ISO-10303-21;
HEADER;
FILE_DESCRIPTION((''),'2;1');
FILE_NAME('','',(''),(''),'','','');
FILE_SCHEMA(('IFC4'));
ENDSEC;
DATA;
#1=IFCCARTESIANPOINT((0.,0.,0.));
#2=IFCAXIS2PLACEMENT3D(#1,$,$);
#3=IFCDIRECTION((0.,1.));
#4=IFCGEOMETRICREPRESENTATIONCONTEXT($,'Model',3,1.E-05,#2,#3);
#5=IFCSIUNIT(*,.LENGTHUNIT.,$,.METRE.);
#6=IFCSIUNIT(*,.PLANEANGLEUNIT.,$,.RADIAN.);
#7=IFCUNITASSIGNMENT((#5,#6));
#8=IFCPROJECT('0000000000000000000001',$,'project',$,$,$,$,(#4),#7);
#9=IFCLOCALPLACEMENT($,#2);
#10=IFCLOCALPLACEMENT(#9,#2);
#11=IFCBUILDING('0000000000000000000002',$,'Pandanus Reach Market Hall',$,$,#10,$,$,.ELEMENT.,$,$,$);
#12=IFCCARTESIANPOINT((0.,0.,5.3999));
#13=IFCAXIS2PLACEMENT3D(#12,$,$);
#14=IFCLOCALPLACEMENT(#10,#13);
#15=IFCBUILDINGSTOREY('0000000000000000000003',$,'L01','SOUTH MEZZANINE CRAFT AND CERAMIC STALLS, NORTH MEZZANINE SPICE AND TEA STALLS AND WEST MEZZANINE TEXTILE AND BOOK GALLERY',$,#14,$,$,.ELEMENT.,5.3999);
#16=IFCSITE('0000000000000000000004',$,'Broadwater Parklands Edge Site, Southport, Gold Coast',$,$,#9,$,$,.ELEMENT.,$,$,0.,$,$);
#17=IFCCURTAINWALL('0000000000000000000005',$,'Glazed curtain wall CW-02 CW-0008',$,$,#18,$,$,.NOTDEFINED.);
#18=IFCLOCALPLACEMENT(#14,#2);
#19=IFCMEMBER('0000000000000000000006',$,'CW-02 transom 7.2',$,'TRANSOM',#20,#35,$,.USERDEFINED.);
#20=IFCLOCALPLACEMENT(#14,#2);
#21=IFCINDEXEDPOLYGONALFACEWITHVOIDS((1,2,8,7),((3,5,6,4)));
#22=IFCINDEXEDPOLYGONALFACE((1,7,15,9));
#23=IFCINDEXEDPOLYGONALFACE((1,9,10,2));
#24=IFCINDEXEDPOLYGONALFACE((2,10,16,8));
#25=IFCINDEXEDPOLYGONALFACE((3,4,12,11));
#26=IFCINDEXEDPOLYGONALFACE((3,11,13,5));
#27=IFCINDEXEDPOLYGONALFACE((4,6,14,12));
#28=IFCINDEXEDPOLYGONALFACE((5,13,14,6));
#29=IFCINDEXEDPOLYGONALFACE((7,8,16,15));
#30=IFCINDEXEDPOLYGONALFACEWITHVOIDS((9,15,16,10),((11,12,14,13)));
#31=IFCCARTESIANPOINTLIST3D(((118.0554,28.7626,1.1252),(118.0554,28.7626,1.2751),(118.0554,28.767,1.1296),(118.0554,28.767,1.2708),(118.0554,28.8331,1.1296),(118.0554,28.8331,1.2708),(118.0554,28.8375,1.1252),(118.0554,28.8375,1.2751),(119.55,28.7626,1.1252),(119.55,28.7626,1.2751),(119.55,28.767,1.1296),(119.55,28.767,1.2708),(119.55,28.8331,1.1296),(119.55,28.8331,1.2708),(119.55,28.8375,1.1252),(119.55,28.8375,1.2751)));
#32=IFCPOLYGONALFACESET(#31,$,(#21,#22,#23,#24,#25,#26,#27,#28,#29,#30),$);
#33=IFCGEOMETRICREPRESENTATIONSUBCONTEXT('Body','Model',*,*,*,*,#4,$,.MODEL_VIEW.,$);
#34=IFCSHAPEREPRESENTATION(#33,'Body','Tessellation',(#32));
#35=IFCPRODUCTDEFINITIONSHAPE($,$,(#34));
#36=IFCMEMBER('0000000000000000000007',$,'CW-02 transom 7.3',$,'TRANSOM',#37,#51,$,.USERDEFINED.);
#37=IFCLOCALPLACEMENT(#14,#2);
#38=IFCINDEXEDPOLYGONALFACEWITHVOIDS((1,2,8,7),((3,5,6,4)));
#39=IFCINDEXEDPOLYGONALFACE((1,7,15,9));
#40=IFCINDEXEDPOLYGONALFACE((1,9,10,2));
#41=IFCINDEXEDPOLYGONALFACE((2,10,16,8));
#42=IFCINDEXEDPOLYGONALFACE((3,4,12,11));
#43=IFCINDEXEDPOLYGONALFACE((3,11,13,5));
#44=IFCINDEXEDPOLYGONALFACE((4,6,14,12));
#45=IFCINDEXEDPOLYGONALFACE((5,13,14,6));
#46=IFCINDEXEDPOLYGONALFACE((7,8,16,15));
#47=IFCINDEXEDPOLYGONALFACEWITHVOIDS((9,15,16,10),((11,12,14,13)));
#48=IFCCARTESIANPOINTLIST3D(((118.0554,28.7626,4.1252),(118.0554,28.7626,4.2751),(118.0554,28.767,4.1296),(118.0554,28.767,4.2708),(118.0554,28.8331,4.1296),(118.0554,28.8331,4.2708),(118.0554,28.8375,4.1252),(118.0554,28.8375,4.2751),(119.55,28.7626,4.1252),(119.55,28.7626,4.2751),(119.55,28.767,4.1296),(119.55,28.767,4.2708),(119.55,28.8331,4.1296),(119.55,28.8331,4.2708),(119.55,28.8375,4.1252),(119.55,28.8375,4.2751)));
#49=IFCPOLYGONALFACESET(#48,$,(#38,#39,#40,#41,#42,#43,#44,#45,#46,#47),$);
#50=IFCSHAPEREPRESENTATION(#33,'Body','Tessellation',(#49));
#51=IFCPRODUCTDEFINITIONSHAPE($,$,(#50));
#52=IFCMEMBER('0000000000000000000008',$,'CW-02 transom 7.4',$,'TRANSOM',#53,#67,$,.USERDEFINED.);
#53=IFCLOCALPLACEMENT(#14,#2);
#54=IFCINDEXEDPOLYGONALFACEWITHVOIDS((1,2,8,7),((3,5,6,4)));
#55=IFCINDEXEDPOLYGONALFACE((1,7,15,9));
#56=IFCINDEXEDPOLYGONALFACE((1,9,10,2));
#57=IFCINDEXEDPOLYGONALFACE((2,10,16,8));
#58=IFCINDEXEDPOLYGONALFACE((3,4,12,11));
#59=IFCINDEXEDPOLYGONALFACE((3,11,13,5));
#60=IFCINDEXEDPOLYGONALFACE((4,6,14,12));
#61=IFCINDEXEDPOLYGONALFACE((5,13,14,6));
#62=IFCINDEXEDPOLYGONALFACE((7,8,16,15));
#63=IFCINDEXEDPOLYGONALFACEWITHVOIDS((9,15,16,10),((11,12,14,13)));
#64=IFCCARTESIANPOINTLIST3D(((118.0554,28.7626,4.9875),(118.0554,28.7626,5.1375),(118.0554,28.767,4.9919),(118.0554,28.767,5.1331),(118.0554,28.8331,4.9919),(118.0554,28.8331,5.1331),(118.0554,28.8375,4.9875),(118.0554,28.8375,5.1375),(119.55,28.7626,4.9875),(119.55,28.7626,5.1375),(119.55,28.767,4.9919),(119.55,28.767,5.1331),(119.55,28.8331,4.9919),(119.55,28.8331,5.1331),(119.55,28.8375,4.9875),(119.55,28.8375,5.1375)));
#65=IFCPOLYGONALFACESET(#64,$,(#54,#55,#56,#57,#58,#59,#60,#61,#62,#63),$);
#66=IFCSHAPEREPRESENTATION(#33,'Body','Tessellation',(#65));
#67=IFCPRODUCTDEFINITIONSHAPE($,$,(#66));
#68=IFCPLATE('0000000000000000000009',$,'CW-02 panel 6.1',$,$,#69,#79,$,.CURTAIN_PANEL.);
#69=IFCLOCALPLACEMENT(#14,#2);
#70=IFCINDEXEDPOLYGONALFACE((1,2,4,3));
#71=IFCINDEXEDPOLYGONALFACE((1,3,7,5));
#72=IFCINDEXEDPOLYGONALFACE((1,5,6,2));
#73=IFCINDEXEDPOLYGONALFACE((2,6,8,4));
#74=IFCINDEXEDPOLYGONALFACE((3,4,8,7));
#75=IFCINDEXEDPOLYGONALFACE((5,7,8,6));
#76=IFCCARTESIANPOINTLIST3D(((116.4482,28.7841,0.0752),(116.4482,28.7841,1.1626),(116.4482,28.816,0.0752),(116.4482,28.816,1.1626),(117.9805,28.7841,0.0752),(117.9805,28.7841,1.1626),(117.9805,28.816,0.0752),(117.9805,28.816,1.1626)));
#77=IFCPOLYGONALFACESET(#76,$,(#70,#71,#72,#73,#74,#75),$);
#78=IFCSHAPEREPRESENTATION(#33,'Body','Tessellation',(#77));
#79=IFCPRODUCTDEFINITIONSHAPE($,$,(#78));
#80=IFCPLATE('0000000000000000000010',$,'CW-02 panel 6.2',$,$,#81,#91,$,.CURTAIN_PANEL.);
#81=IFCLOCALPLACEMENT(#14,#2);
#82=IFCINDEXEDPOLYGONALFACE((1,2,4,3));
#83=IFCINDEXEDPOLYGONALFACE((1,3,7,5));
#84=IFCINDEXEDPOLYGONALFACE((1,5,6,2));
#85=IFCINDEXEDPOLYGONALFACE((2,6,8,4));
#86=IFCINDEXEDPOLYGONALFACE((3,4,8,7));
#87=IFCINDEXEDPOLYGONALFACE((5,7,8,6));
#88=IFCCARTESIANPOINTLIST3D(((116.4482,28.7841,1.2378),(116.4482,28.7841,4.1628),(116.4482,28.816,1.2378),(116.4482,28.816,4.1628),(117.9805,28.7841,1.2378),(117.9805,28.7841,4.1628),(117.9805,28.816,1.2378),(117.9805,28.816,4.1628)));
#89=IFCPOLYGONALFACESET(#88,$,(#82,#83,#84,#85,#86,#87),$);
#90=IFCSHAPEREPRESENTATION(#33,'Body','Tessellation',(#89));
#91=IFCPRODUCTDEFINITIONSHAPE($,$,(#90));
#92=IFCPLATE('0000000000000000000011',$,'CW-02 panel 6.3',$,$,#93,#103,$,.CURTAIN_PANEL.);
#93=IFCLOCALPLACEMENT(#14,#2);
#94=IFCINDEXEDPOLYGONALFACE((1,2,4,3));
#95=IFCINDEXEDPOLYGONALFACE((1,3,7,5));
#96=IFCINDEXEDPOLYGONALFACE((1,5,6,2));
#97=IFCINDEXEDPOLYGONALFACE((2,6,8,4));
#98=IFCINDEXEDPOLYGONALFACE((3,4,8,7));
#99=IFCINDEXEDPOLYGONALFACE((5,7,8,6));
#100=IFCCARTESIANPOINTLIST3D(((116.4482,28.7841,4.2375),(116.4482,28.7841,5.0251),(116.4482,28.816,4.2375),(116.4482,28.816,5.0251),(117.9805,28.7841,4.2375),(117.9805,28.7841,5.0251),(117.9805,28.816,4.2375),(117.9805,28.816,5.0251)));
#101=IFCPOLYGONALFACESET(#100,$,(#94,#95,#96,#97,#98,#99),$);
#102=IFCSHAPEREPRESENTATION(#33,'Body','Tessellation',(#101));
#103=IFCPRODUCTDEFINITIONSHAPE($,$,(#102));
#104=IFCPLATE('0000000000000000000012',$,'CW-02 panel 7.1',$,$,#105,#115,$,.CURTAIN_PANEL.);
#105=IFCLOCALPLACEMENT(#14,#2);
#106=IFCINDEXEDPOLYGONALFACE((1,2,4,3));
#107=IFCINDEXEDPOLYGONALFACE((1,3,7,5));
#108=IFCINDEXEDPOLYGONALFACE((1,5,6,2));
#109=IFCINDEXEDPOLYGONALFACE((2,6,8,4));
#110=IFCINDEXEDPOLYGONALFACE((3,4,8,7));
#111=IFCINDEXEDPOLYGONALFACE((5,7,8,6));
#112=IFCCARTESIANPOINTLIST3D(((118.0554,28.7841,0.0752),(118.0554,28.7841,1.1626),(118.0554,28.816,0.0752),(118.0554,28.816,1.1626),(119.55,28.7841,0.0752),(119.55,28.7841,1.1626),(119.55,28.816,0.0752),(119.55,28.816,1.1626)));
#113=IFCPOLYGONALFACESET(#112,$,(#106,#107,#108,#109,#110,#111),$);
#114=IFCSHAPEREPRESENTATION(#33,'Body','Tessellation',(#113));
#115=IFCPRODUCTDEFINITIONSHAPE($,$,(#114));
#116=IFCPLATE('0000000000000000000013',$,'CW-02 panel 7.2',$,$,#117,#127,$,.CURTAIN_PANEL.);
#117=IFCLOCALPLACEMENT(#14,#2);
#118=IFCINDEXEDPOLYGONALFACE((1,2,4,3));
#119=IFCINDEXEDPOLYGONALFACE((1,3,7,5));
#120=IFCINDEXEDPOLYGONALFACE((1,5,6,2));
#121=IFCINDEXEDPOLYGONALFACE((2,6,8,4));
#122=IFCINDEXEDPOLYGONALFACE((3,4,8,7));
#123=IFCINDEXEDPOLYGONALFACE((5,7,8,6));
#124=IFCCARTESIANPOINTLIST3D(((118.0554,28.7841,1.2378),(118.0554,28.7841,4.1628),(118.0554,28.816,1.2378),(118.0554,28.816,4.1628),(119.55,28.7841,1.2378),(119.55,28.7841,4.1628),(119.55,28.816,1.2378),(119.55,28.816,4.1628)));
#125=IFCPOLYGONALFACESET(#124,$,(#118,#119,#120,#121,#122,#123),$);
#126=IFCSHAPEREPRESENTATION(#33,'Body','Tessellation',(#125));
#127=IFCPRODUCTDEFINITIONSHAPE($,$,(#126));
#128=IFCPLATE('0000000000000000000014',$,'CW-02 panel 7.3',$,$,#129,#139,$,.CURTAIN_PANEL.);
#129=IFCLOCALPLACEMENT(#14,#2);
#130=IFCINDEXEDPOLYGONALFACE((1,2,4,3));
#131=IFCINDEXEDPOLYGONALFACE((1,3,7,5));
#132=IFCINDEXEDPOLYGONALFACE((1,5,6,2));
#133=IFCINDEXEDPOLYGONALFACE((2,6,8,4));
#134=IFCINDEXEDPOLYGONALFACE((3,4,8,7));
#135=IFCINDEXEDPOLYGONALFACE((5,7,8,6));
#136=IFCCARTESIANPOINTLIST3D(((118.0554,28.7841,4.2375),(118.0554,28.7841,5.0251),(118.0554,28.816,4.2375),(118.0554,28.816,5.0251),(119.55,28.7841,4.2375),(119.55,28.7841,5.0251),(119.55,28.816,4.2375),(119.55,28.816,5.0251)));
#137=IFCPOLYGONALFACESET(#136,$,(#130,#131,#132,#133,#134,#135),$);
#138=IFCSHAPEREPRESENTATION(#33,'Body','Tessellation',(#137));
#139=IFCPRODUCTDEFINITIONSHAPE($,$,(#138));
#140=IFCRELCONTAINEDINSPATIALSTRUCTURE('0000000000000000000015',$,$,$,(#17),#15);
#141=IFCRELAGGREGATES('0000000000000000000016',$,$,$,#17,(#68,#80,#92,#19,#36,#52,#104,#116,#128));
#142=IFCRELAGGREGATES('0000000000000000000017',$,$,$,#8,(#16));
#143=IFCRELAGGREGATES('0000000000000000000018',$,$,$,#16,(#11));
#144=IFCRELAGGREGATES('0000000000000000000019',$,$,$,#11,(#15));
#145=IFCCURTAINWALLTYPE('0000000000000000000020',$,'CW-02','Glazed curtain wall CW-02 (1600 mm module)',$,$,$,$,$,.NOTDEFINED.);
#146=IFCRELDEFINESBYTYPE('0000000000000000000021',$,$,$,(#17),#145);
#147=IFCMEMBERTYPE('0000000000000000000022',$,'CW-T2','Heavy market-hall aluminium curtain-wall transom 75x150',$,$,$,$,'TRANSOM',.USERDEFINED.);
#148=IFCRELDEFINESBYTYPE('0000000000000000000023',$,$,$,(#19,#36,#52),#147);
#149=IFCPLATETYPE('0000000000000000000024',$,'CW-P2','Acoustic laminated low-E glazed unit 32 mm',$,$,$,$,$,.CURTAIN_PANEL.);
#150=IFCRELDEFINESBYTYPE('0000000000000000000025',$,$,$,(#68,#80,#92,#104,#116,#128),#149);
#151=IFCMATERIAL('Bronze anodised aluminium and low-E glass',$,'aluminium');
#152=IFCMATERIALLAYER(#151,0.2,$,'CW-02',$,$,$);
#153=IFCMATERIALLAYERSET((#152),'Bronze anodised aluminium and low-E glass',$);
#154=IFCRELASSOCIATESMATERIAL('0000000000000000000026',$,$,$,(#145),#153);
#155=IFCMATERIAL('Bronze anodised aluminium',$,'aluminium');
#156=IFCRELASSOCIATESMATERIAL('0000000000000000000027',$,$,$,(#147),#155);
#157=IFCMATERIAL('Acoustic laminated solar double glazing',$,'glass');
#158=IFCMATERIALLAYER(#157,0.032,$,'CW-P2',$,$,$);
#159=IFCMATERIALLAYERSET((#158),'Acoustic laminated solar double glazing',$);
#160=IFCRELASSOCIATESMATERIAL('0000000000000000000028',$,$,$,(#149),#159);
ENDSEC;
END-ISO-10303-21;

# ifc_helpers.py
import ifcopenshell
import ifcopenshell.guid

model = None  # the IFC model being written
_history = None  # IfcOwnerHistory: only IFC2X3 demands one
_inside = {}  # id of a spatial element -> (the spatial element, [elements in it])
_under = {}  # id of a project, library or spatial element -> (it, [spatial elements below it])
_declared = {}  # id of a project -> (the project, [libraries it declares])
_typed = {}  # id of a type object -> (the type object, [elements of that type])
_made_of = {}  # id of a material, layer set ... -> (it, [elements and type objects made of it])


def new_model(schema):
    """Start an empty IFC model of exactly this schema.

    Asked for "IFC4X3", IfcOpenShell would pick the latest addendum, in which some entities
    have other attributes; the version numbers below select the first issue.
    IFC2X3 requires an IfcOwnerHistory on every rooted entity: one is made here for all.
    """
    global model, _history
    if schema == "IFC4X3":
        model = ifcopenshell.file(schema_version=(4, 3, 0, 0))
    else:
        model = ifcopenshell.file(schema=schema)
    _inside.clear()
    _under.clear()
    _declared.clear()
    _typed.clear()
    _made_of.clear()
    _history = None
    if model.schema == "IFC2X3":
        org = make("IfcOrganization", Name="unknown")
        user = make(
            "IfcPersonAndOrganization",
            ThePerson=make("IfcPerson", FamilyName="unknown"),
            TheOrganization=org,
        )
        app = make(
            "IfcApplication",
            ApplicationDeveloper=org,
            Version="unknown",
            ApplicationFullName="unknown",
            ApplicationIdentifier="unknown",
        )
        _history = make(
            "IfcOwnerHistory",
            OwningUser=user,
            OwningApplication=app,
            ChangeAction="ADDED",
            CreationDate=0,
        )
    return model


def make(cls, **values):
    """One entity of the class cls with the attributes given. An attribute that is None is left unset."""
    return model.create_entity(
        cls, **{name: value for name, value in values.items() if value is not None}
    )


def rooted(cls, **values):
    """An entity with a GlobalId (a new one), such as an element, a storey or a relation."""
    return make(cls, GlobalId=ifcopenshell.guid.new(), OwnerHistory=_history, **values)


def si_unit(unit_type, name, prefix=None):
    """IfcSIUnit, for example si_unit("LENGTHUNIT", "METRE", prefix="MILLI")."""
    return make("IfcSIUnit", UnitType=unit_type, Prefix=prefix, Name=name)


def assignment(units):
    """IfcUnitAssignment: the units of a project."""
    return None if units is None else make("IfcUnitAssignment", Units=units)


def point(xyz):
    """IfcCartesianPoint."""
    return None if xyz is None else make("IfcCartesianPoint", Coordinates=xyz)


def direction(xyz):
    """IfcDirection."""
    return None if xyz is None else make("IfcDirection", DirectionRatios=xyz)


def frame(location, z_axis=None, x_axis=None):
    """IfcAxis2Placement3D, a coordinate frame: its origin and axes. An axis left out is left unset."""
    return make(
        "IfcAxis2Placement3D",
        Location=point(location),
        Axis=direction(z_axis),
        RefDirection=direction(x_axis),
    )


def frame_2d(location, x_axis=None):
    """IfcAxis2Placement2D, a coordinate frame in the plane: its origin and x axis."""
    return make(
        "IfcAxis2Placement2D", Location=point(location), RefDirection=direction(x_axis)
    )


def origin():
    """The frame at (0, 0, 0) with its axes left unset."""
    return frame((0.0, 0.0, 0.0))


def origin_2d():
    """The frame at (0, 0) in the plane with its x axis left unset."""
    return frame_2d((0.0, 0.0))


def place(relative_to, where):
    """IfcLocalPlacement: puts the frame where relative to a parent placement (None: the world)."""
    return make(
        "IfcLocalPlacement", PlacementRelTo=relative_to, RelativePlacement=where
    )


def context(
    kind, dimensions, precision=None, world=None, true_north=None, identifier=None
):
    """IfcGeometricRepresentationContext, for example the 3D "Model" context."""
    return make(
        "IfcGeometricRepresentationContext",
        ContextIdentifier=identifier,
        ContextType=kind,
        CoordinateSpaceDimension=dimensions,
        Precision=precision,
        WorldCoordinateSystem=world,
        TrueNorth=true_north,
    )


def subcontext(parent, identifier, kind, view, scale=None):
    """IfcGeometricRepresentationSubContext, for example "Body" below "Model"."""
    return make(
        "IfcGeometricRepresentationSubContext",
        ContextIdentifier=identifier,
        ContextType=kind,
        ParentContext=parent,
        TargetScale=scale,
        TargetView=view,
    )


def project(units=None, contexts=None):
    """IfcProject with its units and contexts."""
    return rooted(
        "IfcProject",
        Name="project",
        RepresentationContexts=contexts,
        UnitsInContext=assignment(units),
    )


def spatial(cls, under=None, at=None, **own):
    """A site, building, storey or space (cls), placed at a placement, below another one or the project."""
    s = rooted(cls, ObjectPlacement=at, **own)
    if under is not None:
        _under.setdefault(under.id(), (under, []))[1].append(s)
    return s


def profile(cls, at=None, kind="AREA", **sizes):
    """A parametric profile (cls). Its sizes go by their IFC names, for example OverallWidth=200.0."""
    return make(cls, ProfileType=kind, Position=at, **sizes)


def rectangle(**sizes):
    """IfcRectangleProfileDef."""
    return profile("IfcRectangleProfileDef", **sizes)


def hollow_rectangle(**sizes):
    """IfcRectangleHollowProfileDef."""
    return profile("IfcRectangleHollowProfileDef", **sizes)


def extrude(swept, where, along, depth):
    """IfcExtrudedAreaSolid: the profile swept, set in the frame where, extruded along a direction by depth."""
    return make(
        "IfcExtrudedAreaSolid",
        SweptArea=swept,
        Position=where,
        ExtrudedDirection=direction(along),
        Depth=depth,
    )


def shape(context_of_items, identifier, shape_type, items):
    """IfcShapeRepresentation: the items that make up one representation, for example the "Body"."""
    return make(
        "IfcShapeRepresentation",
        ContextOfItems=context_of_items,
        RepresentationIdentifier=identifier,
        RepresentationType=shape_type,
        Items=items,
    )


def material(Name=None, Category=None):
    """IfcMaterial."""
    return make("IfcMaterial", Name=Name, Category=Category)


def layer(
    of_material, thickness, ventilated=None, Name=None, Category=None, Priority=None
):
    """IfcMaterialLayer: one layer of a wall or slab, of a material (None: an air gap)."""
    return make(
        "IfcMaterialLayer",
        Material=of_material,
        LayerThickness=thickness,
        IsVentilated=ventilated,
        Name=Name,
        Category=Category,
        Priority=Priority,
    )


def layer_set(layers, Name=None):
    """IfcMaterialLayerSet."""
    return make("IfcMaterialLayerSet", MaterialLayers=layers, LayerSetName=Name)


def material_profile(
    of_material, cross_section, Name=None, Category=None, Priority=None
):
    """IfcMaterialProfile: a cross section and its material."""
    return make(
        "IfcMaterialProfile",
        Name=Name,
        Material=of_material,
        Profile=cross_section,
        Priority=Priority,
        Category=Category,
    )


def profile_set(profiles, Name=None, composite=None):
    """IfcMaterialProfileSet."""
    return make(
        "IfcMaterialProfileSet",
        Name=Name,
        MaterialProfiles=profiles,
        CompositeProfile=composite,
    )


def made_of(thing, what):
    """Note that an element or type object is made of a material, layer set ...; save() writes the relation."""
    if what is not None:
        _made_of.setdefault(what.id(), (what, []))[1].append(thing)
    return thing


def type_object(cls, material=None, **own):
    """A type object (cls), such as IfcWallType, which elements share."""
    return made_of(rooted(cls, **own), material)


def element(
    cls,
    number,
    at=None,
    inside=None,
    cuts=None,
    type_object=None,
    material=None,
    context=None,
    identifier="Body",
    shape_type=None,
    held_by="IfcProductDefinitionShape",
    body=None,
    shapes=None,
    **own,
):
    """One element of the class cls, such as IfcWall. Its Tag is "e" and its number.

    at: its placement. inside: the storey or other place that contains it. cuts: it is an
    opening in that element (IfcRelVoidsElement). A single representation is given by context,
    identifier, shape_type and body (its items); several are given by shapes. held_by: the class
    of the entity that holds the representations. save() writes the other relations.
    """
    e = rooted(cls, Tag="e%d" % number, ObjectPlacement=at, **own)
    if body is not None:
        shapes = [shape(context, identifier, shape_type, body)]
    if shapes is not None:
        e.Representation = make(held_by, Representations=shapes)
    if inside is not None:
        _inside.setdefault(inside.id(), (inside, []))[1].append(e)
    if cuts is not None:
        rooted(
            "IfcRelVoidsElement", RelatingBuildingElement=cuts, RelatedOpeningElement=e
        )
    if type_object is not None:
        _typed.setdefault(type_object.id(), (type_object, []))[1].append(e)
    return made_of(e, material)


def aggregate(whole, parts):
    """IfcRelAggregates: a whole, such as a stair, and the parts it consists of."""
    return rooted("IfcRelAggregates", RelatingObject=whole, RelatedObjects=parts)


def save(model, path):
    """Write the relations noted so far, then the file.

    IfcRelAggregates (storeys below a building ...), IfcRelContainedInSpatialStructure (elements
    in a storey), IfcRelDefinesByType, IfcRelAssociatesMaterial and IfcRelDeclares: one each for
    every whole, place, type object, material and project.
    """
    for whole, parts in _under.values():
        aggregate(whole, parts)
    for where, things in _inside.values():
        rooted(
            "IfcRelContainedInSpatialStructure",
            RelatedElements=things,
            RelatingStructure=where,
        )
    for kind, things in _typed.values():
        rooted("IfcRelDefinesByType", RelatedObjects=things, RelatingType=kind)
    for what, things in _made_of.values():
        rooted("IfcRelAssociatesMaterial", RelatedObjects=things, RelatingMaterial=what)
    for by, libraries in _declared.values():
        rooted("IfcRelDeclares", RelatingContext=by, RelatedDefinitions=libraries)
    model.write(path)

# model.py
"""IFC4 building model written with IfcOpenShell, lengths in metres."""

from ifc_helpers import new_model, si_unit, direction, frame, origin, origin_2d, place, context, subcontext, project, spatial, rectangle, hollow_rectangle, extrude, material, layer, layer_set, material_profile, profile_set, type_object, element, aggregate, save


model = new_model("IFC4")

# Units and contexts
model_context = context("Model", 3, precision=1e-05, world=origin(), true_north=direction((0.0, 1.0)))
body_context = subcontext(model_context, "Body", "Model", "MODEL_VIEW")
ifc_project = project(units=[si_unit("LENGTHUNIT", "METRE"), si_unit("PLANEANGLEUNIT", "RADIAN")], contexts=[model_context])

# Site, building, storey
site_placement = place(None, origin())
site = spatial("IfcSite", under=ifc_project, at=site_placement, Name="Broadwater Parklands Edge Site, Southport, Gold Coast", CompositionType="ELEMENT", RefElevation=0.0)
building_placement = place(site_placement, origin())
building = spatial("IfcBuilding", under=site, at=building_placement, Name="Pandanus Reach Market Hall", CompositionType="ELEMENT")
storey_placement = place(building_placement, frame((0.0, 0.0, 5.3999)))
storey = spatial("IfcBuildingStorey", under=building, at=storey_placement, Name="L01", Description="SOUTH MEZZANINE CRAFT AND CERAMIC STALLS, NORTH MEZZANINE SPICE AND TEA STALLS AND WEST MEZZANINE TEXTILE AND BOOK GALLERY", CompositionType="ELEMENT", Elevation=5.3999)

# Curtain wall, members, plates
ifc_material_1 = material(Name="Bronze anodised aluminium and low-E glass", Category="aluminium")
ifc_layer_1 = layer(ifc_material_1, 0.2, Name="CW-02")
ifc_layer_set_1 = layer_set([ifc_layer_1], Name="Bronze anodised aluminium and low-E glass")
curtain_wall_type = type_object("IfcCurtainWallType", Name="CW-02", Description="Glazed curtain wall CW-02 (1600 mm module)", PredefinedType="NOTDEFINED", material=ifc_layer_set_1)
curtain_wall_placement = place(storey_placement, origin())
curtain_wall = element("IfcCurtainWall", 1, at=curtain_wall_placement, inside=storey, type_object=curtain_wall_type, Name="Glazed curtain wall CW-02 CW-0008", PredefinedType="NOTDEFINED")
ifc_material_2 = material(Name="Bronze anodised aluminium", Category="aluminium")
ifc_material_profile_1 = material_profile(ifc_material_2, hollow_rectangle(XDim=0.075, YDim=0.1499, WallThickness=0.0044, at=origin_2d()), Name="ALU75x150", Category="LoadBearing")
ifc_profile_set_1 = profile_set([ifc_material_profile_1], Name="Bronze anodised aluminium")
member_type_1 = type_object("IfcMemberType", Name="CW-T2", Description="Heavy market-hall aluminium curtain-wall transom 75x150", ElementType="TRANSOM", PredefinedType="USERDEFINED", material=ifc_profile_set_1)
member_1_placement = place(storey_placement, frame((118.0554, 28.8, 1.2002), z_axis=(1.0, 0.0, 0.0), x_axis=(0.0, 1.0, 0.0)))
member_1 = element("IfcMember", 2, at=member_1_placement, type_object=member_type_1, Name="CW-02 transom 7.2", ObjectType="TRANSOM", PredefinedType="USERDEFINED", context=body_context, shape_type="SweptSolid", body=[
    extrude(hollow_rectangle(XDim=0.075, YDim=0.1499, WallThickness=0.0044, at=origin_2d()), origin(), (0.0, 0.0, 1.0), 1.4946),
])
member_2_placement = place(storey_placement, frame((118.0554, 28.8, 4.2002), z_axis=(1.0, 0.0, 0.0), x_axis=(0.0, 1.0, 0.0)))
member_2 = element("IfcMember", 3, at=member_2_placement, type_object=member_type_1, Name="CW-02 transom 7.3", ObjectType="TRANSOM", PredefinedType="USERDEFINED", context=body_context, shape_type="SweptSolid", body=[
    extrude(hollow_rectangle(XDim=0.075, YDim=0.1499, WallThickness=0.0044, at=origin_2d()), origin(), (0.0, 0.0, 1.0), 1.4946),
])
member_3_placement = place(storey_placement, frame((118.0554, 28.8, 5.0625), z_axis=(1.0, 0.0, 0.0), x_axis=(0.0, 1.0, 0.0)))
member_3 = element("IfcMember", 4, at=member_3_placement, type_object=member_type_1, Name="CW-02 transom 7.4", ObjectType="TRANSOM", PredefinedType="USERDEFINED", context=body_context, shape_type="SweptSolid", body=[
    extrude(hollow_rectangle(XDim=0.075, YDim=0.1499, WallThickness=0.0044, at=origin_2d()), origin(), (0.0, 0.0, 1.0), 1.4946),
])
ifc_material_3 = material(Name="Acoustic laminated solar double glazing", Category="glass")
ifc_layer_2 = layer(ifc_material_3, 0.032, Name="CW-P2")
ifc_layer_set_2 = layer_set([ifc_layer_2], Name="Acoustic laminated solar double glazing")
plate_type = type_object("IfcPlateType", Name="CW-P2", Description="Acoustic laminated low-E glazed unit 32 mm", PredefinedType="CURTAIN_PANEL", material=ifc_layer_set_2)
plate_1_placement = place(storey_placement, frame((117.2144, 28.8, 0.0752), z_axis=(0.0, 0.0, 1.0), x_axis=(1.0, 0.0, 0.0)))
plate_1 = element("IfcPlate", 5, at=plate_1_placement, type_object=plate_type, Name="CW-02 panel 6.1", PredefinedType="CURTAIN_PANEL", context=body_context, shape_type="SweptSolid", body=[
    extrude(rectangle(XDim=1.5322, YDim=0.032, at=origin_2d()), origin(), (0.0, 0.0, 1.0), 1.0874),
])
plate_2_placement = place(storey_placement, frame((117.2144, 28.8, 1.2378), z_axis=(0.0, 0.0, 1.0), x_axis=(1.0, 0.0, 0.0)))
plate_2 = element("IfcPlate", 6, at=plate_2_placement, type_object=plate_type, Name="CW-02 panel 6.2", PredefinedType="CURTAIN_PANEL", context=body_context, shape_type="SweptSolid", body=[
    extrude(rectangle(XDim=1.5322, YDim=0.032, at=origin_2d()), origin(), (0.0, 0.0, 1.0), 2.925),
])
plate_3_placement = place(storey_placement, frame((117.2144, 28.8, 4.2375), z_axis=(0.0, 0.0, 1.0), x_axis=(1.0, 0.0, 0.0)))
plate_3 = element("IfcPlate", 7, at=plate_3_placement, type_object=plate_type, Name="CW-02 panel 6.3", PredefinedType="CURTAIN_PANEL", context=body_context, shape_type="SweptSolid", body=[
    extrude(rectangle(XDim=1.5322, YDim=0.032, at=origin_2d()), origin(), (0.0, 0.0, 1.0), 0.7876),
])
plate_4_placement = place(storey_placement, frame((118.8027, 28.8, 0.0752), z_axis=(0.0, 0.0, 1.0), x_axis=(1.0, 0.0, 0.0)))
plate_4 = element("IfcPlate", 8, at=plate_4_placement, type_object=plate_type, Name="CW-02 panel 7.1", PredefinedType="CURTAIN_PANEL", context=body_context, shape_type="SweptSolid", body=[
    extrude(rectangle(XDim=1.4946, YDim=0.032, at=origin_2d()), origin(), (0.0, 0.0, 1.0), 1.0874),
])
plate_5_placement = place(storey_placement, frame((118.8027, 28.8, 1.2378), z_axis=(0.0, 0.0, 1.0), x_axis=(1.0, 0.0, 0.0)))
plate_5 = element("IfcPlate", 9, at=plate_5_placement, type_object=plate_type, Name="CW-02 panel 7.2", PredefinedType="CURTAIN_PANEL", context=body_context, shape_type="SweptSolid", body=[
    extrude(rectangle(XDim=1.4946, YDim=0.032, at=origin_2d()), origin(), (0.0, 0.0, 1.0), 2.925),
])
plate_6_placement = place(storey_placement, frame((118.8027, 28.8, 4.2375), z_axis=(0.0, 0.0, 1.0), x_axis=(1.0, 0.0, 0.0)))
plate_6 = element("IfcPlate", 10, at=plate_6_placement, type_object=plate_type, Name="CW-02 panel 7.3", PredefinedType="CURTAIN_PANEL", context=body_context, shape_type="SweptSolid", body=[
    extrude(rectangle(XDim=1.4946, YDim=0.032, at=origin_2d()), origin(), (0.0, 0.0, 1.0), 0.7876),
])
aggregate(curtain_wall, [plate_1, plate_2, plate_3, member_1, member_2, member_3, plate_4, plate_5, plate_6])

save(model, "model.ifc")
